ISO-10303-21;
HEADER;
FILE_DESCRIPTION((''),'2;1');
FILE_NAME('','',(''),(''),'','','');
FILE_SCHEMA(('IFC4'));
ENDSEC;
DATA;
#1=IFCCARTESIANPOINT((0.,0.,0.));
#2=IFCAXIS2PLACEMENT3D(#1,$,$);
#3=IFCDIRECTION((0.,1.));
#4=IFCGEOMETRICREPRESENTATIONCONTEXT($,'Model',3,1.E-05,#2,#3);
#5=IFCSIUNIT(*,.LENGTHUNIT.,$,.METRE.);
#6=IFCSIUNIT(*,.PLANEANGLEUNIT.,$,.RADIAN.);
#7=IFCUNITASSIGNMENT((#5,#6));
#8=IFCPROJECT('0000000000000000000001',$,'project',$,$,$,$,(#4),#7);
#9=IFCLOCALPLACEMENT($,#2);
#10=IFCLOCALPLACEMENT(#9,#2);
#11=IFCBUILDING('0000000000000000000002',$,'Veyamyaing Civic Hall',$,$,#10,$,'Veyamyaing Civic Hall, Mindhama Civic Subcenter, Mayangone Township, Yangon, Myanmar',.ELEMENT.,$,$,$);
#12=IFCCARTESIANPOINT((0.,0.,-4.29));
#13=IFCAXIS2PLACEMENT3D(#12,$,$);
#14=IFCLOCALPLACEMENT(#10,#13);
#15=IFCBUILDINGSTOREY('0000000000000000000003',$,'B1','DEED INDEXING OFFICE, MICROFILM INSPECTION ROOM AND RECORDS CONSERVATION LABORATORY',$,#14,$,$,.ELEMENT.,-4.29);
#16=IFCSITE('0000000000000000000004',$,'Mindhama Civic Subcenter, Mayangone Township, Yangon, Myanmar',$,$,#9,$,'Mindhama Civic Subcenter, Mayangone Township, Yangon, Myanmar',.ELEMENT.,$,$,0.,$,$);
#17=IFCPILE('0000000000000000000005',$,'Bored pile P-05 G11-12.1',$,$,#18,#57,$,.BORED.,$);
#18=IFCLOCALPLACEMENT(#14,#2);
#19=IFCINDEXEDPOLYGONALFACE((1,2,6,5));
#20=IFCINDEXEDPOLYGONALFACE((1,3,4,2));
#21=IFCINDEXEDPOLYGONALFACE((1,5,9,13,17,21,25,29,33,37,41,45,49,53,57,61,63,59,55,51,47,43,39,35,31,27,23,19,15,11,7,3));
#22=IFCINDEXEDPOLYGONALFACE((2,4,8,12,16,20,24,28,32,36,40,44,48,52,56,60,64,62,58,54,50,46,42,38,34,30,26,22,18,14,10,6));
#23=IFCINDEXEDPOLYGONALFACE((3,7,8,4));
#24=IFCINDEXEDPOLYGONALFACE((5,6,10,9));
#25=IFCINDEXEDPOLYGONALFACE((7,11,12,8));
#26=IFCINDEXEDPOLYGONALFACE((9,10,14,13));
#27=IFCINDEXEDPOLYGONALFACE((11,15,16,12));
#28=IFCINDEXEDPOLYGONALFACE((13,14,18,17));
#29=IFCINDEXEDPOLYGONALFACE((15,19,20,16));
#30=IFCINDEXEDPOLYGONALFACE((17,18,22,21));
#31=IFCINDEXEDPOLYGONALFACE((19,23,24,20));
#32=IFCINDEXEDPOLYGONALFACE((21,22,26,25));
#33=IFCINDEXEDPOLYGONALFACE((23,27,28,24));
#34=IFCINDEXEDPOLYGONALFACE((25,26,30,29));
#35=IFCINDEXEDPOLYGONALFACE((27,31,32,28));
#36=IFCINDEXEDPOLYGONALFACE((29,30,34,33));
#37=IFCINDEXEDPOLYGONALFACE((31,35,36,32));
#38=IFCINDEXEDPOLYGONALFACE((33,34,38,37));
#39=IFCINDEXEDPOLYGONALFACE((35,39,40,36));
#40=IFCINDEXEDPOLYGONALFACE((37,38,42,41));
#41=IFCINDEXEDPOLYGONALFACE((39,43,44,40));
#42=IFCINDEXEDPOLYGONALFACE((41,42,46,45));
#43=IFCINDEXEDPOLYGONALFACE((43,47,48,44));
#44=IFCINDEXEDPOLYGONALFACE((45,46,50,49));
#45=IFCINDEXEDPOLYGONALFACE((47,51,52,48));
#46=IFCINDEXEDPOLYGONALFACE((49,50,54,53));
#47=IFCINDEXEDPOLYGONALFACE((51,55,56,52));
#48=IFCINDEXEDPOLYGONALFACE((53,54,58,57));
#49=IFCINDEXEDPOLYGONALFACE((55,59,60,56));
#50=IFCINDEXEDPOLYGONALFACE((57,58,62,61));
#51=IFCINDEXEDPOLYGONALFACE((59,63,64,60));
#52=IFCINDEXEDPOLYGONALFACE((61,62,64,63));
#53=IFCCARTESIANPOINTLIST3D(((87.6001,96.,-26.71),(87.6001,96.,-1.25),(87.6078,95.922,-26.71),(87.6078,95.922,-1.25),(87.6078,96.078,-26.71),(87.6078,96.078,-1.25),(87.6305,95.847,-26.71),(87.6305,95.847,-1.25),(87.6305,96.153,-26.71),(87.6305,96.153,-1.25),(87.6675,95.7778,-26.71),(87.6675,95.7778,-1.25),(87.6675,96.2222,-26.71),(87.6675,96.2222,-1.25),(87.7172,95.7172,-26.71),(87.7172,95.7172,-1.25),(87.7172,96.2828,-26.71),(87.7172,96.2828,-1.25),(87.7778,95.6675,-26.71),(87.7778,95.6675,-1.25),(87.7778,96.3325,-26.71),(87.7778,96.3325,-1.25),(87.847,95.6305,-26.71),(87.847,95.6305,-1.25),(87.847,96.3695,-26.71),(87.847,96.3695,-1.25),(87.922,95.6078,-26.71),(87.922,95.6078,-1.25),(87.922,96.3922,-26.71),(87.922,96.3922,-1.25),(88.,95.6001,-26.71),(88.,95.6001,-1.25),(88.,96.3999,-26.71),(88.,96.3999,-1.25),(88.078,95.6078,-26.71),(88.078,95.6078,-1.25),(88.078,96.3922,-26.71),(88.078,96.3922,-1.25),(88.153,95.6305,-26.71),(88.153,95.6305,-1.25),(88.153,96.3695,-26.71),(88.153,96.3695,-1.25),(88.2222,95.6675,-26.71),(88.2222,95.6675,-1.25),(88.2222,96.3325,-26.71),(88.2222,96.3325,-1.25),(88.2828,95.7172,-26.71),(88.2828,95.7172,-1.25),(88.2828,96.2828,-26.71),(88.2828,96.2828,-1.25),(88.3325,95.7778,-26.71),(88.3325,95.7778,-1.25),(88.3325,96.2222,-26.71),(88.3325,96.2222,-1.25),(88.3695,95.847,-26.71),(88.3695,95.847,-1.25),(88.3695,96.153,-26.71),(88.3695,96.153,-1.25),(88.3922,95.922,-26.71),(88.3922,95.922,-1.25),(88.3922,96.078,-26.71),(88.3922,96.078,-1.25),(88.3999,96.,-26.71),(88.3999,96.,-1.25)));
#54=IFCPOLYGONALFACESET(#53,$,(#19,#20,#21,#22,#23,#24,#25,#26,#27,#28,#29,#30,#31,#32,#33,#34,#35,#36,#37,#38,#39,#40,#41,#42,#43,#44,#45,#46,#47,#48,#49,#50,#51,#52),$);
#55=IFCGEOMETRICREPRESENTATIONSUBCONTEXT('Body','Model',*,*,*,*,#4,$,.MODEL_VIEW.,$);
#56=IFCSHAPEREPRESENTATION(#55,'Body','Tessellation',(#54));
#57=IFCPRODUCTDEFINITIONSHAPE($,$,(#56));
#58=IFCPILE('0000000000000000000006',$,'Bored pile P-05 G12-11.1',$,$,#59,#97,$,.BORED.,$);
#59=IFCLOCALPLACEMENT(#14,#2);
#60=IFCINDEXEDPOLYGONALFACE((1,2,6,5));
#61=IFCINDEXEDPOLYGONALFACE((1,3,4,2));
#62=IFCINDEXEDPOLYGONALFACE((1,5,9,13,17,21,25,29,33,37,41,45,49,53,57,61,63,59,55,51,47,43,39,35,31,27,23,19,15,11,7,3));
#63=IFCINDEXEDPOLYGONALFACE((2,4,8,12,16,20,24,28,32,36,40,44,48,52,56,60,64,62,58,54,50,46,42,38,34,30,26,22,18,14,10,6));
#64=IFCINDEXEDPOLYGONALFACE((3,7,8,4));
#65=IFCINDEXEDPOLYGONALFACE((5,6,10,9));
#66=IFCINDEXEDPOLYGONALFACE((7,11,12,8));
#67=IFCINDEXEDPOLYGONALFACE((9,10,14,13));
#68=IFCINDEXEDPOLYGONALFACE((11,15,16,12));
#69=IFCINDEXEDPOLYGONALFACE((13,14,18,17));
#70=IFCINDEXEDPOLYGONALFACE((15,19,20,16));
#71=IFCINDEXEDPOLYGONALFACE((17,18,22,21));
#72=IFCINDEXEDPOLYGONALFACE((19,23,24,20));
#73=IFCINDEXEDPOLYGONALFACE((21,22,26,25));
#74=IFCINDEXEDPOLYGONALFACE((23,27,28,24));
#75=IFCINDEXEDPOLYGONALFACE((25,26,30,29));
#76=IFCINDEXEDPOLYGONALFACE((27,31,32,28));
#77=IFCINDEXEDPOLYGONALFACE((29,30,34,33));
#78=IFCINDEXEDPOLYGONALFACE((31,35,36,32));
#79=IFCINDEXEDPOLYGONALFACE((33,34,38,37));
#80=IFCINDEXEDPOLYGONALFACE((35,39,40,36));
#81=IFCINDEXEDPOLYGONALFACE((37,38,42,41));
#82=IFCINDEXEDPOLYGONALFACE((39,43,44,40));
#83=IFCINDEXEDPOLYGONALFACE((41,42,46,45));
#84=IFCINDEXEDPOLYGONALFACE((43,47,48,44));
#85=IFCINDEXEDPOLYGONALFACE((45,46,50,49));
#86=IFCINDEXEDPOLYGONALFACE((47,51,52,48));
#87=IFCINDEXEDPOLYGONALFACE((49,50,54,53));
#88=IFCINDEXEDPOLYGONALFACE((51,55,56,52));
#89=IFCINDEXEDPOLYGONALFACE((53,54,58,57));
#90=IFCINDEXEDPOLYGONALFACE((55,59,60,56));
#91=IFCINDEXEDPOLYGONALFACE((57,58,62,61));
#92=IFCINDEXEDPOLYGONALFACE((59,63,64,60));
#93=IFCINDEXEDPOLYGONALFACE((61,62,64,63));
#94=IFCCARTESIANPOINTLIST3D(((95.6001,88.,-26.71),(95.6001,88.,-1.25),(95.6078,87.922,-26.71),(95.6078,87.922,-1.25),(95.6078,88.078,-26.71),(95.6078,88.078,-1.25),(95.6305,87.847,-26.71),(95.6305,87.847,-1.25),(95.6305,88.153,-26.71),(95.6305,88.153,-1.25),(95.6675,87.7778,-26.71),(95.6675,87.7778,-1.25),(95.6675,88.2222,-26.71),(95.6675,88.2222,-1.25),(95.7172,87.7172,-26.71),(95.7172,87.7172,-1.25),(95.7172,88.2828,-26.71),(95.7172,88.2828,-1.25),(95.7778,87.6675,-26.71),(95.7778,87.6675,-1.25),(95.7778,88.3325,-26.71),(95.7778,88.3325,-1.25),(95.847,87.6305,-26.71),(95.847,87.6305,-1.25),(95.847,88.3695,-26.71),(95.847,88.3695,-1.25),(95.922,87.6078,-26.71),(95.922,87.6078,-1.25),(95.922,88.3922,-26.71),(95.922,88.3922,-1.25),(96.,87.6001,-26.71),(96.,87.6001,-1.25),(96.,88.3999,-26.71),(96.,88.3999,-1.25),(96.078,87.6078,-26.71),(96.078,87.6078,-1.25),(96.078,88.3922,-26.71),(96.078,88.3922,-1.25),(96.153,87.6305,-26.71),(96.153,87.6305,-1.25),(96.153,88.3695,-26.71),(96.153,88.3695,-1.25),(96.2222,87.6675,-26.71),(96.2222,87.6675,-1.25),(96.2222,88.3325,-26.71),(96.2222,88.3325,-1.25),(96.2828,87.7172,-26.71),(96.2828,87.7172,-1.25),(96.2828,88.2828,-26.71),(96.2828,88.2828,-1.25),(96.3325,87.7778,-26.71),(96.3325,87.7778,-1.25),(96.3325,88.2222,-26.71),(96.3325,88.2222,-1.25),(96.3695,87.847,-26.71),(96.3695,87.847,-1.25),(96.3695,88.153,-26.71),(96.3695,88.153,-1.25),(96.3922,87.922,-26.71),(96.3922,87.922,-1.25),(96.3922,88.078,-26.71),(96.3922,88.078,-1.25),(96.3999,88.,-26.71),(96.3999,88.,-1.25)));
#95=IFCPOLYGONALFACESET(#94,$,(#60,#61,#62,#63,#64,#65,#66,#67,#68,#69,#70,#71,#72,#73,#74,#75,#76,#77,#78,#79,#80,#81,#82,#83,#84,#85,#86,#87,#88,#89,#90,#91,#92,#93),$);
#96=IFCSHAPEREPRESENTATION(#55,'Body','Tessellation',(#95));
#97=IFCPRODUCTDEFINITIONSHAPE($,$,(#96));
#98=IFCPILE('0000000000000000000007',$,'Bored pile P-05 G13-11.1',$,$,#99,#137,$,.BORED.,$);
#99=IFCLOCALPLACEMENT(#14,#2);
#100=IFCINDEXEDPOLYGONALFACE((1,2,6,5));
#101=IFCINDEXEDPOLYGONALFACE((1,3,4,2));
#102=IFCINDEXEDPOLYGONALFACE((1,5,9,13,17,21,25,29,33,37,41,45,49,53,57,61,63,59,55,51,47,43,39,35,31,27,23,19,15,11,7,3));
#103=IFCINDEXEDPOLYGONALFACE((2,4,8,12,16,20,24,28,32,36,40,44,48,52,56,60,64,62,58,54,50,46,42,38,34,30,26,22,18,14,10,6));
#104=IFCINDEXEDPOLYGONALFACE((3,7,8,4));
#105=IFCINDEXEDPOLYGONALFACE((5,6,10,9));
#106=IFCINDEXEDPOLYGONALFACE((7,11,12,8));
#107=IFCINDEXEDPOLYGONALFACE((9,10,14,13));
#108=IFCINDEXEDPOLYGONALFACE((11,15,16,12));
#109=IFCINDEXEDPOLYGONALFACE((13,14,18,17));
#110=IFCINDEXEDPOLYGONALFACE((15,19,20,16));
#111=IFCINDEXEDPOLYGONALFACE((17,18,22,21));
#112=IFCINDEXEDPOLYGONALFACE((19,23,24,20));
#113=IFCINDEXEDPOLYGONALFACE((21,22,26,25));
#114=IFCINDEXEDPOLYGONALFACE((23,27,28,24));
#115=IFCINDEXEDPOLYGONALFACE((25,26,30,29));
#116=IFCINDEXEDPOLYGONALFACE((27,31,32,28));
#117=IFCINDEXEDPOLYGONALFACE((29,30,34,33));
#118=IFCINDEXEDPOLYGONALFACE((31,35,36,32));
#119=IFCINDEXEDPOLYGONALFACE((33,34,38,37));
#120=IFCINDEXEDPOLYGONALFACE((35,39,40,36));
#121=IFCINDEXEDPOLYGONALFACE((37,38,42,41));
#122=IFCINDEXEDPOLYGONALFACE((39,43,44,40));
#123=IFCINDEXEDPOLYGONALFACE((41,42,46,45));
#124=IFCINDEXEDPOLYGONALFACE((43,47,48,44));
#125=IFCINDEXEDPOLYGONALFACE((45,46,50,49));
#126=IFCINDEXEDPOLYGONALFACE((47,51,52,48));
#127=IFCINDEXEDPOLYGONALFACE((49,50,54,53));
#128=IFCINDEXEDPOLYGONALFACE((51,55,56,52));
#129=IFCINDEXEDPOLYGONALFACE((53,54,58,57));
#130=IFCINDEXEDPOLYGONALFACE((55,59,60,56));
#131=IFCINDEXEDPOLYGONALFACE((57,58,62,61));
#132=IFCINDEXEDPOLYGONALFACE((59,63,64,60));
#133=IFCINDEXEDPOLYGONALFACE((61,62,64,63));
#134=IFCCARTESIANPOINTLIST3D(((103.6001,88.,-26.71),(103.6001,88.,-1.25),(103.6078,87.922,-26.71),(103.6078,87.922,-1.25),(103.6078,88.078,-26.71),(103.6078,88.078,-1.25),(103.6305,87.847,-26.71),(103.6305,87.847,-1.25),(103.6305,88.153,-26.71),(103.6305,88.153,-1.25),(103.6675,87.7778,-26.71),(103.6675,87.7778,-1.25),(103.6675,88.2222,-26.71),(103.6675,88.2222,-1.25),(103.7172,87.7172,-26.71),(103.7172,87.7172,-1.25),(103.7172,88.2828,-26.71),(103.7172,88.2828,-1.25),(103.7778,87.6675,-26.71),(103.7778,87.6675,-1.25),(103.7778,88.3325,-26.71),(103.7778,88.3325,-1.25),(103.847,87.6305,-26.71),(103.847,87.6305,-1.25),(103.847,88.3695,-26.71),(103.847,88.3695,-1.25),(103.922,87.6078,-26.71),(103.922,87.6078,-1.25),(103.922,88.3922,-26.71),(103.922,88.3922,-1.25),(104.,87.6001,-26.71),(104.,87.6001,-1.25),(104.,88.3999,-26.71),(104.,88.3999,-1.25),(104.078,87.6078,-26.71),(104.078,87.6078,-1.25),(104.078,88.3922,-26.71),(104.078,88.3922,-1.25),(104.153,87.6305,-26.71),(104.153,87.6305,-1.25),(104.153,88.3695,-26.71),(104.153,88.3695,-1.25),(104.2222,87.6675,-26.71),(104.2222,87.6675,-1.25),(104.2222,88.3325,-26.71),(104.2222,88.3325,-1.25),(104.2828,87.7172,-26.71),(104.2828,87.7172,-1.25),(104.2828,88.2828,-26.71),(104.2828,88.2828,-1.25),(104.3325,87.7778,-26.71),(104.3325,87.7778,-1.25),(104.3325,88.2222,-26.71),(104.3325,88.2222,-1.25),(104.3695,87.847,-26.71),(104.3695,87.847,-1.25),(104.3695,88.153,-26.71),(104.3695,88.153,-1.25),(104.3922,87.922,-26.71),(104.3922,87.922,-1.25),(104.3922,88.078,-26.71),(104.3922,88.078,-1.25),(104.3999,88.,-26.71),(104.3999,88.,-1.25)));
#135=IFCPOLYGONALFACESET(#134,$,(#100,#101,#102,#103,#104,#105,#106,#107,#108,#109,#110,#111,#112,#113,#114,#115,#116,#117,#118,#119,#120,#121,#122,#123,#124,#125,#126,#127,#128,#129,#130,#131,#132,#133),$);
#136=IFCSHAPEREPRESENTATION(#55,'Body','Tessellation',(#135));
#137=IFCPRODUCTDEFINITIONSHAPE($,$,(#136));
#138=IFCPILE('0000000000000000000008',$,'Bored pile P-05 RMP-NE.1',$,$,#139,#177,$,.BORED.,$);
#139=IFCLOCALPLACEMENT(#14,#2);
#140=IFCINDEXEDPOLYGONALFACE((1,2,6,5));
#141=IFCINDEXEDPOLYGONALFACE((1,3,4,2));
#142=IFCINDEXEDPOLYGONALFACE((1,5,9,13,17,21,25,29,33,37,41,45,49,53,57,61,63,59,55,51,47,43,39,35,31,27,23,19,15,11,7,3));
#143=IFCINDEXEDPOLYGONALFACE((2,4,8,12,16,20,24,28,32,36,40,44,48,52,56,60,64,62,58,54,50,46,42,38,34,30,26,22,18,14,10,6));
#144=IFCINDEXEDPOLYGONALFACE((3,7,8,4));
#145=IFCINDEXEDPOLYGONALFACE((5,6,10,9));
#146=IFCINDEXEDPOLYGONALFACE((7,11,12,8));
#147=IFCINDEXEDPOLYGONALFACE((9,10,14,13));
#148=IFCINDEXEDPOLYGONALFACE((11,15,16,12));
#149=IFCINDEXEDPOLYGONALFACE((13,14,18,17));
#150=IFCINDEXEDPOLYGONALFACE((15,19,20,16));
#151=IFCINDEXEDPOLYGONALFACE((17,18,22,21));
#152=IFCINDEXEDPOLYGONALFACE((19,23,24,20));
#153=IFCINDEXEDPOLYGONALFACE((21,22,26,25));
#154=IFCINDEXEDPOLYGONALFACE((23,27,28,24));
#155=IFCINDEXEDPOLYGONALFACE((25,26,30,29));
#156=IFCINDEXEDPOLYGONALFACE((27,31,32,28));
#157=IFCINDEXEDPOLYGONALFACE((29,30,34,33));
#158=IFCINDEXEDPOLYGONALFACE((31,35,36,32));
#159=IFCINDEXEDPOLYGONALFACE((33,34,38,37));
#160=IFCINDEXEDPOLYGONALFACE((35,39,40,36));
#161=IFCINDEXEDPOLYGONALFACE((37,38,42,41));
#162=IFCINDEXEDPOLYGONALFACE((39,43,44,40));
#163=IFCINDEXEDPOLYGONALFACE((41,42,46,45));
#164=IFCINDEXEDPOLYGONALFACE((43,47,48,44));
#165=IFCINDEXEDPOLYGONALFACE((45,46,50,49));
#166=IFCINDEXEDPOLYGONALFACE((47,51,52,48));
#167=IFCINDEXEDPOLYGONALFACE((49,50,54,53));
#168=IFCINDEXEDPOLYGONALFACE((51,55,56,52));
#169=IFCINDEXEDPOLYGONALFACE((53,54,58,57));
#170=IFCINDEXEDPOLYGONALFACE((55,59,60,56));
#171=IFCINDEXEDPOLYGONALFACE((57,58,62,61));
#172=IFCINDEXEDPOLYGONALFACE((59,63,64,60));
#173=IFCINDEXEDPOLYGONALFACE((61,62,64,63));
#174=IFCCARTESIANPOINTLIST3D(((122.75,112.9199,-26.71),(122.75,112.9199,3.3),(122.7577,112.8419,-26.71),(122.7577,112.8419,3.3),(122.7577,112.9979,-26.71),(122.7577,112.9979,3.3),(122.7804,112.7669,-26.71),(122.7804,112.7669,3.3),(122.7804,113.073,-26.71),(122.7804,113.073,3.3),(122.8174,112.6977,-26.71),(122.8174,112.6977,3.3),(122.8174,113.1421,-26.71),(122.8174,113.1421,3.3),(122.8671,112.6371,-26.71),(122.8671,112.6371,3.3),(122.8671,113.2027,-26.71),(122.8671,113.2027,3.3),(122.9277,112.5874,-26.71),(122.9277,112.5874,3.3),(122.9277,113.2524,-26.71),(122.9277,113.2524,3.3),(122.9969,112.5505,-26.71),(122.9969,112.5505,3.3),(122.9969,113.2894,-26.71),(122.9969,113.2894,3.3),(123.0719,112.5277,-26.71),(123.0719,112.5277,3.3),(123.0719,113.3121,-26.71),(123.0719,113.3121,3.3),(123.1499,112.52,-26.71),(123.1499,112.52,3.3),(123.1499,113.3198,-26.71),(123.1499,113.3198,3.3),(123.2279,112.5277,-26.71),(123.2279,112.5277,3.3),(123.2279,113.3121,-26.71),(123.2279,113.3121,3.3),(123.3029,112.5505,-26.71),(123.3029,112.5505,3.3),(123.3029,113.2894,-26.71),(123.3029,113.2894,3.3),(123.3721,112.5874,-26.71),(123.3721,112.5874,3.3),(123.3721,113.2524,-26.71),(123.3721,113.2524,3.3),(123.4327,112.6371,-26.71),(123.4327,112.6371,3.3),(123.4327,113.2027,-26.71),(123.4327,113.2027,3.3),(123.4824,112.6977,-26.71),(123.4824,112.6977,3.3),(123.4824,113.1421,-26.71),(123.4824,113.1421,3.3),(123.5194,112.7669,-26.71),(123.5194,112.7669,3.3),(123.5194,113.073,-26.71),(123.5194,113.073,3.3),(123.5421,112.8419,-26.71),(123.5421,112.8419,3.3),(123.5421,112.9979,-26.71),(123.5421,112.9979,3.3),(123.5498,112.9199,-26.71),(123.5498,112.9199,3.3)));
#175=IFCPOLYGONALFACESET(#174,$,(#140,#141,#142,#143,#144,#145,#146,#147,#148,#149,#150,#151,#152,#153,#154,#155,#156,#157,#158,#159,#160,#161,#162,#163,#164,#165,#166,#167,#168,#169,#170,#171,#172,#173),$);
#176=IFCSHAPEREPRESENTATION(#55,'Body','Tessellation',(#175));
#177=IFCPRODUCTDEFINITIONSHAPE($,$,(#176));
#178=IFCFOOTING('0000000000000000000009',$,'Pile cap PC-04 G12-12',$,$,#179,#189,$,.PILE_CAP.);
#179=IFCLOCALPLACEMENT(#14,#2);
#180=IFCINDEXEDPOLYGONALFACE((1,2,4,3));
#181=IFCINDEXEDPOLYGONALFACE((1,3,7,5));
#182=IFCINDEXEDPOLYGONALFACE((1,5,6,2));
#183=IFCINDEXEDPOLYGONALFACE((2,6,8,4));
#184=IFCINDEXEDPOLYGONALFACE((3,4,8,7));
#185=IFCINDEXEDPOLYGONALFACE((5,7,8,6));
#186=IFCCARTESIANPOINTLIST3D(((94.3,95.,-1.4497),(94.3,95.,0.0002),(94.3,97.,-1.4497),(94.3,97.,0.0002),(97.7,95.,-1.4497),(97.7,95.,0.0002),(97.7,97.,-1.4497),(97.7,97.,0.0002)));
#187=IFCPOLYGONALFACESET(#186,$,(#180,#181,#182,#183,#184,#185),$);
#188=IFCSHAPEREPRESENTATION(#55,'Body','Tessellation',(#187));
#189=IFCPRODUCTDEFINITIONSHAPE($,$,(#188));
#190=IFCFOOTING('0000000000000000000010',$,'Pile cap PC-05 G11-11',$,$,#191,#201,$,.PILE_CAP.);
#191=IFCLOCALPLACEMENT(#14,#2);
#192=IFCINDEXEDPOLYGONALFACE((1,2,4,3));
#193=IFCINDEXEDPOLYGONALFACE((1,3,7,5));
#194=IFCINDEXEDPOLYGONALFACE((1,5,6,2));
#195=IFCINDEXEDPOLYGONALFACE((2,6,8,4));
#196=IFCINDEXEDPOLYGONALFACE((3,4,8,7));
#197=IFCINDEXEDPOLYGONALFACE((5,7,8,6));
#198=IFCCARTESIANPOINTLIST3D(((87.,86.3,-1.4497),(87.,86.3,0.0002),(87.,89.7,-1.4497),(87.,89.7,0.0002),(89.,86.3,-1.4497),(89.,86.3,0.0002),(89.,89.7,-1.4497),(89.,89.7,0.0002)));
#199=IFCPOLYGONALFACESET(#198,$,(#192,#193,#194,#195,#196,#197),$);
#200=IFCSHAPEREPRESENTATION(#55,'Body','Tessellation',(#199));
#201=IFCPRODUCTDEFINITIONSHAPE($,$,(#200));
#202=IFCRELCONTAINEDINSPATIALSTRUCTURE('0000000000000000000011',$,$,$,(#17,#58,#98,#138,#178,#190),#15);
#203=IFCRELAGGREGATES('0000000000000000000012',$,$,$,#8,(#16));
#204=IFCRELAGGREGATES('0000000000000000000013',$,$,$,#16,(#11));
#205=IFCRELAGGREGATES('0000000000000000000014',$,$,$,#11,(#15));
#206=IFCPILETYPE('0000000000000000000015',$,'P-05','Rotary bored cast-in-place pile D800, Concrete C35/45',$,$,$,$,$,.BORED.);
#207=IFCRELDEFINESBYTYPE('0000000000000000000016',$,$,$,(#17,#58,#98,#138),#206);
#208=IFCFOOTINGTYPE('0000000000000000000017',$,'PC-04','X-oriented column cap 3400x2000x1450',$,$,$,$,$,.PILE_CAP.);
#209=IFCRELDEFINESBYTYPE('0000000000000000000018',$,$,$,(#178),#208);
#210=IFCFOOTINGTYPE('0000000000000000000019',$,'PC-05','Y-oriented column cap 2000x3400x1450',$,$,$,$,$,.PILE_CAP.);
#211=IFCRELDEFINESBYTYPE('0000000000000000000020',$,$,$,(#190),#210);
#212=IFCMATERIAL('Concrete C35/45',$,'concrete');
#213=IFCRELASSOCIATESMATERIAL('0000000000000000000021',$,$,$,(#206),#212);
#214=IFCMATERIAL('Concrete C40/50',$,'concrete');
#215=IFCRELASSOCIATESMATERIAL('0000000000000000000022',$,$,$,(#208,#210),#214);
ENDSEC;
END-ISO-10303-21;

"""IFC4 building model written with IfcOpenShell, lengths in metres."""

from ifc_helpers import new_model, si_unit, direction, frame, origin, origin_2d, place, context, subcontext, project, spatial, rectangle, circle, extrude, material, material_profile, profile_set, type_object, element, save


model = new_model("IFC4")

# Units and contexts
model_context = context("Model", 3, precision=1e-05, world=origin(), true_north=direction((0.0, 1.0)))
body_context = subcontext(model_context, "Body", "Model", "MODEL_VIEW")
ifc_project = project(units=[si_unit("LENGTHUNIT", "METRE"), si_unit("PLANEANGLEUNIT", "RADIAN")], contexts=[model_context])

# Site, building, storey
site_placement = place(None, origin())
site = spatial("IfcSite", under=ifc_project, at=site_placement, Name="Mindhama Civic Subcenter, Mayangone Township, Yangon, Myanmar", LongName="Mindhama Civic Subcenter, Mayangone Township, Yangon, Myanmar", CompositionType="ELEMENT", RefElevation=0.0)
building_placement = place(site_placement, origin())
building = spatial("IfcBuilding", under=site, at=building_placement, Name="Veyamyaing Civic Hall", LongName="Veyamyaing Civic Hall, Mindhama Civic Subcenter, Mayangone Township, Yangon, Myanmar", CompositionType="ELEMENT")
storey_placement = place(building_placement, frame((0.0, 0.0, -4.29)))
storey = spatial("IfcBuildingStorey", under=building, at=storey_placement, Name="B1", Description="DEED INDEXING OFFICE, MICROFILM INSPECTION ROOM AND RECORDS CONSERVATION LABORATORY", CompositionType="ELEMENT", Elevation=-4.29)

# Shared definitions
ifc_material_1 = material(Name="Concrete C40/50", Category="concrete")

# Piles
ifc_material_2 = material(Name="Concrete C35/45", Category="concrete")
ifc_material_profile_1 = material_profile(ifc_material_2, circle(Radius=0.3999, at=origin_2d()), Name="PILE-D800")
ifc_profile_set_1 = profile_set([ifc_material_profile_1], Name="Concrete C35/45")
pile_type_1 = type_object("IfcPileType", Name="P-05", Description="Rotary bored cast-in-place pile D800, Concrete C35/45", PredefinedType="BORED", material=ifc_profile_set_1)
for number, where, z_axis, x_axis, name in (
    (1, (88.0, 96.0, -1.25), (0.0, 0.0, -1.0), (1.0, 0.0, 0.0), "Bored pile P-05 G11-12.1"),
    (2, (96.0, 88.0, -1.25), (0.0, 0.0, -1.0), (1.0, 0.0, 0.0), "Bored pile P-05 G12-11.1"),
    (3, (104.0, 88.0, -1.25), (0.0, 0.0, -1.0), (1.0, 0.0, 0.0), "Bored pile P-05 G13-11.1"),
):
    element("IfcPile", number, at=place(storey_placement, frame(where, z_axis=z_axis, x_axis=x_axis)), inside=storey, type_object=pile_type_1, Name=name, PredefinedType="BORED", context=body_context, shape_type="SweptSolid", body=[
        extrude(circle(Radius=0.3999, at=origin_2d()), origin(), (0.0, 0.0, 1.0), 25.46),
    ])
pile_1_placement = place(storey_placement, frame((123.1499, 112.9199, 3.3), z_axis=(0.0, 0.0, -1.0), x_axis=(1.0, 0.0, 0.0)))
element("IfcPile", 4, at=pile_1_placement, inside=storey, type_object=pile_type_1, Name="Bored pile P-05 RMP-NE.1", PredefinedType="BORED", context=body_context, shape_type="SweptSolid", body=[
    extrude(circle(Radius=0.3999, at=origin_2d()), origin(), (0.0, 0.0, 1.0), 30.01),
])

# Footings
footing_type_1 = type_object("IfcFootingType", Name="PC-04", Description="X-oriented column cap 3400x2000x1450", PredefinedType="PILE_CAP", material=ifc_material_1)
footing_1_placement = place(storey_placement, frame((96.0, 96.0, -1.4497), z_axis=(0.0, 0.0, 1.0), x_axis=(1.0, 0.0, 0.0)))
element("IfcFooting", 5, at=footing_1_placement, inside=storey, type_object=footing_type_1, Name="Pile cap PC-04 G12-12", PredefinedType="PILE_CAP", context=body_context, shape_type="SweptSolid", body=[
    extrude(rectangle(XDim=3.3999, YDim=2.0, at=origin_2d()), origin(), (0.0, 0.0, 1.0), 1.45),
])
footing_type_2 = type_object("IfcFootingType", Name="PC-05", Description="Y-oriented column cap 2000x3400x1450", PredefinedType="PILE_CAP", material=ifc_material_1)
footing_2_placement = place(storey_placement, frame((88.0, 88.0, -1.4497), z_axis=(0.0, 0.0, 1.0), x_axis=(1.0, 0.0, 0.0)))
element("IfcFooting", 6, at=footing_2_placement, inside=storey, type_object=footing_type_2, Name="Pile cap PC-05 G11-11", PredefinedType="PILE_CAP", context=body_context, shape_type="SweptSolid", body=[
    extrude(rectangle(XDim=2.0, YDim=3.3999, at=origin_2d()), origin(), (0.0, 0.0, 1.0), 1.45),
])

save(model, "model.ifc")
